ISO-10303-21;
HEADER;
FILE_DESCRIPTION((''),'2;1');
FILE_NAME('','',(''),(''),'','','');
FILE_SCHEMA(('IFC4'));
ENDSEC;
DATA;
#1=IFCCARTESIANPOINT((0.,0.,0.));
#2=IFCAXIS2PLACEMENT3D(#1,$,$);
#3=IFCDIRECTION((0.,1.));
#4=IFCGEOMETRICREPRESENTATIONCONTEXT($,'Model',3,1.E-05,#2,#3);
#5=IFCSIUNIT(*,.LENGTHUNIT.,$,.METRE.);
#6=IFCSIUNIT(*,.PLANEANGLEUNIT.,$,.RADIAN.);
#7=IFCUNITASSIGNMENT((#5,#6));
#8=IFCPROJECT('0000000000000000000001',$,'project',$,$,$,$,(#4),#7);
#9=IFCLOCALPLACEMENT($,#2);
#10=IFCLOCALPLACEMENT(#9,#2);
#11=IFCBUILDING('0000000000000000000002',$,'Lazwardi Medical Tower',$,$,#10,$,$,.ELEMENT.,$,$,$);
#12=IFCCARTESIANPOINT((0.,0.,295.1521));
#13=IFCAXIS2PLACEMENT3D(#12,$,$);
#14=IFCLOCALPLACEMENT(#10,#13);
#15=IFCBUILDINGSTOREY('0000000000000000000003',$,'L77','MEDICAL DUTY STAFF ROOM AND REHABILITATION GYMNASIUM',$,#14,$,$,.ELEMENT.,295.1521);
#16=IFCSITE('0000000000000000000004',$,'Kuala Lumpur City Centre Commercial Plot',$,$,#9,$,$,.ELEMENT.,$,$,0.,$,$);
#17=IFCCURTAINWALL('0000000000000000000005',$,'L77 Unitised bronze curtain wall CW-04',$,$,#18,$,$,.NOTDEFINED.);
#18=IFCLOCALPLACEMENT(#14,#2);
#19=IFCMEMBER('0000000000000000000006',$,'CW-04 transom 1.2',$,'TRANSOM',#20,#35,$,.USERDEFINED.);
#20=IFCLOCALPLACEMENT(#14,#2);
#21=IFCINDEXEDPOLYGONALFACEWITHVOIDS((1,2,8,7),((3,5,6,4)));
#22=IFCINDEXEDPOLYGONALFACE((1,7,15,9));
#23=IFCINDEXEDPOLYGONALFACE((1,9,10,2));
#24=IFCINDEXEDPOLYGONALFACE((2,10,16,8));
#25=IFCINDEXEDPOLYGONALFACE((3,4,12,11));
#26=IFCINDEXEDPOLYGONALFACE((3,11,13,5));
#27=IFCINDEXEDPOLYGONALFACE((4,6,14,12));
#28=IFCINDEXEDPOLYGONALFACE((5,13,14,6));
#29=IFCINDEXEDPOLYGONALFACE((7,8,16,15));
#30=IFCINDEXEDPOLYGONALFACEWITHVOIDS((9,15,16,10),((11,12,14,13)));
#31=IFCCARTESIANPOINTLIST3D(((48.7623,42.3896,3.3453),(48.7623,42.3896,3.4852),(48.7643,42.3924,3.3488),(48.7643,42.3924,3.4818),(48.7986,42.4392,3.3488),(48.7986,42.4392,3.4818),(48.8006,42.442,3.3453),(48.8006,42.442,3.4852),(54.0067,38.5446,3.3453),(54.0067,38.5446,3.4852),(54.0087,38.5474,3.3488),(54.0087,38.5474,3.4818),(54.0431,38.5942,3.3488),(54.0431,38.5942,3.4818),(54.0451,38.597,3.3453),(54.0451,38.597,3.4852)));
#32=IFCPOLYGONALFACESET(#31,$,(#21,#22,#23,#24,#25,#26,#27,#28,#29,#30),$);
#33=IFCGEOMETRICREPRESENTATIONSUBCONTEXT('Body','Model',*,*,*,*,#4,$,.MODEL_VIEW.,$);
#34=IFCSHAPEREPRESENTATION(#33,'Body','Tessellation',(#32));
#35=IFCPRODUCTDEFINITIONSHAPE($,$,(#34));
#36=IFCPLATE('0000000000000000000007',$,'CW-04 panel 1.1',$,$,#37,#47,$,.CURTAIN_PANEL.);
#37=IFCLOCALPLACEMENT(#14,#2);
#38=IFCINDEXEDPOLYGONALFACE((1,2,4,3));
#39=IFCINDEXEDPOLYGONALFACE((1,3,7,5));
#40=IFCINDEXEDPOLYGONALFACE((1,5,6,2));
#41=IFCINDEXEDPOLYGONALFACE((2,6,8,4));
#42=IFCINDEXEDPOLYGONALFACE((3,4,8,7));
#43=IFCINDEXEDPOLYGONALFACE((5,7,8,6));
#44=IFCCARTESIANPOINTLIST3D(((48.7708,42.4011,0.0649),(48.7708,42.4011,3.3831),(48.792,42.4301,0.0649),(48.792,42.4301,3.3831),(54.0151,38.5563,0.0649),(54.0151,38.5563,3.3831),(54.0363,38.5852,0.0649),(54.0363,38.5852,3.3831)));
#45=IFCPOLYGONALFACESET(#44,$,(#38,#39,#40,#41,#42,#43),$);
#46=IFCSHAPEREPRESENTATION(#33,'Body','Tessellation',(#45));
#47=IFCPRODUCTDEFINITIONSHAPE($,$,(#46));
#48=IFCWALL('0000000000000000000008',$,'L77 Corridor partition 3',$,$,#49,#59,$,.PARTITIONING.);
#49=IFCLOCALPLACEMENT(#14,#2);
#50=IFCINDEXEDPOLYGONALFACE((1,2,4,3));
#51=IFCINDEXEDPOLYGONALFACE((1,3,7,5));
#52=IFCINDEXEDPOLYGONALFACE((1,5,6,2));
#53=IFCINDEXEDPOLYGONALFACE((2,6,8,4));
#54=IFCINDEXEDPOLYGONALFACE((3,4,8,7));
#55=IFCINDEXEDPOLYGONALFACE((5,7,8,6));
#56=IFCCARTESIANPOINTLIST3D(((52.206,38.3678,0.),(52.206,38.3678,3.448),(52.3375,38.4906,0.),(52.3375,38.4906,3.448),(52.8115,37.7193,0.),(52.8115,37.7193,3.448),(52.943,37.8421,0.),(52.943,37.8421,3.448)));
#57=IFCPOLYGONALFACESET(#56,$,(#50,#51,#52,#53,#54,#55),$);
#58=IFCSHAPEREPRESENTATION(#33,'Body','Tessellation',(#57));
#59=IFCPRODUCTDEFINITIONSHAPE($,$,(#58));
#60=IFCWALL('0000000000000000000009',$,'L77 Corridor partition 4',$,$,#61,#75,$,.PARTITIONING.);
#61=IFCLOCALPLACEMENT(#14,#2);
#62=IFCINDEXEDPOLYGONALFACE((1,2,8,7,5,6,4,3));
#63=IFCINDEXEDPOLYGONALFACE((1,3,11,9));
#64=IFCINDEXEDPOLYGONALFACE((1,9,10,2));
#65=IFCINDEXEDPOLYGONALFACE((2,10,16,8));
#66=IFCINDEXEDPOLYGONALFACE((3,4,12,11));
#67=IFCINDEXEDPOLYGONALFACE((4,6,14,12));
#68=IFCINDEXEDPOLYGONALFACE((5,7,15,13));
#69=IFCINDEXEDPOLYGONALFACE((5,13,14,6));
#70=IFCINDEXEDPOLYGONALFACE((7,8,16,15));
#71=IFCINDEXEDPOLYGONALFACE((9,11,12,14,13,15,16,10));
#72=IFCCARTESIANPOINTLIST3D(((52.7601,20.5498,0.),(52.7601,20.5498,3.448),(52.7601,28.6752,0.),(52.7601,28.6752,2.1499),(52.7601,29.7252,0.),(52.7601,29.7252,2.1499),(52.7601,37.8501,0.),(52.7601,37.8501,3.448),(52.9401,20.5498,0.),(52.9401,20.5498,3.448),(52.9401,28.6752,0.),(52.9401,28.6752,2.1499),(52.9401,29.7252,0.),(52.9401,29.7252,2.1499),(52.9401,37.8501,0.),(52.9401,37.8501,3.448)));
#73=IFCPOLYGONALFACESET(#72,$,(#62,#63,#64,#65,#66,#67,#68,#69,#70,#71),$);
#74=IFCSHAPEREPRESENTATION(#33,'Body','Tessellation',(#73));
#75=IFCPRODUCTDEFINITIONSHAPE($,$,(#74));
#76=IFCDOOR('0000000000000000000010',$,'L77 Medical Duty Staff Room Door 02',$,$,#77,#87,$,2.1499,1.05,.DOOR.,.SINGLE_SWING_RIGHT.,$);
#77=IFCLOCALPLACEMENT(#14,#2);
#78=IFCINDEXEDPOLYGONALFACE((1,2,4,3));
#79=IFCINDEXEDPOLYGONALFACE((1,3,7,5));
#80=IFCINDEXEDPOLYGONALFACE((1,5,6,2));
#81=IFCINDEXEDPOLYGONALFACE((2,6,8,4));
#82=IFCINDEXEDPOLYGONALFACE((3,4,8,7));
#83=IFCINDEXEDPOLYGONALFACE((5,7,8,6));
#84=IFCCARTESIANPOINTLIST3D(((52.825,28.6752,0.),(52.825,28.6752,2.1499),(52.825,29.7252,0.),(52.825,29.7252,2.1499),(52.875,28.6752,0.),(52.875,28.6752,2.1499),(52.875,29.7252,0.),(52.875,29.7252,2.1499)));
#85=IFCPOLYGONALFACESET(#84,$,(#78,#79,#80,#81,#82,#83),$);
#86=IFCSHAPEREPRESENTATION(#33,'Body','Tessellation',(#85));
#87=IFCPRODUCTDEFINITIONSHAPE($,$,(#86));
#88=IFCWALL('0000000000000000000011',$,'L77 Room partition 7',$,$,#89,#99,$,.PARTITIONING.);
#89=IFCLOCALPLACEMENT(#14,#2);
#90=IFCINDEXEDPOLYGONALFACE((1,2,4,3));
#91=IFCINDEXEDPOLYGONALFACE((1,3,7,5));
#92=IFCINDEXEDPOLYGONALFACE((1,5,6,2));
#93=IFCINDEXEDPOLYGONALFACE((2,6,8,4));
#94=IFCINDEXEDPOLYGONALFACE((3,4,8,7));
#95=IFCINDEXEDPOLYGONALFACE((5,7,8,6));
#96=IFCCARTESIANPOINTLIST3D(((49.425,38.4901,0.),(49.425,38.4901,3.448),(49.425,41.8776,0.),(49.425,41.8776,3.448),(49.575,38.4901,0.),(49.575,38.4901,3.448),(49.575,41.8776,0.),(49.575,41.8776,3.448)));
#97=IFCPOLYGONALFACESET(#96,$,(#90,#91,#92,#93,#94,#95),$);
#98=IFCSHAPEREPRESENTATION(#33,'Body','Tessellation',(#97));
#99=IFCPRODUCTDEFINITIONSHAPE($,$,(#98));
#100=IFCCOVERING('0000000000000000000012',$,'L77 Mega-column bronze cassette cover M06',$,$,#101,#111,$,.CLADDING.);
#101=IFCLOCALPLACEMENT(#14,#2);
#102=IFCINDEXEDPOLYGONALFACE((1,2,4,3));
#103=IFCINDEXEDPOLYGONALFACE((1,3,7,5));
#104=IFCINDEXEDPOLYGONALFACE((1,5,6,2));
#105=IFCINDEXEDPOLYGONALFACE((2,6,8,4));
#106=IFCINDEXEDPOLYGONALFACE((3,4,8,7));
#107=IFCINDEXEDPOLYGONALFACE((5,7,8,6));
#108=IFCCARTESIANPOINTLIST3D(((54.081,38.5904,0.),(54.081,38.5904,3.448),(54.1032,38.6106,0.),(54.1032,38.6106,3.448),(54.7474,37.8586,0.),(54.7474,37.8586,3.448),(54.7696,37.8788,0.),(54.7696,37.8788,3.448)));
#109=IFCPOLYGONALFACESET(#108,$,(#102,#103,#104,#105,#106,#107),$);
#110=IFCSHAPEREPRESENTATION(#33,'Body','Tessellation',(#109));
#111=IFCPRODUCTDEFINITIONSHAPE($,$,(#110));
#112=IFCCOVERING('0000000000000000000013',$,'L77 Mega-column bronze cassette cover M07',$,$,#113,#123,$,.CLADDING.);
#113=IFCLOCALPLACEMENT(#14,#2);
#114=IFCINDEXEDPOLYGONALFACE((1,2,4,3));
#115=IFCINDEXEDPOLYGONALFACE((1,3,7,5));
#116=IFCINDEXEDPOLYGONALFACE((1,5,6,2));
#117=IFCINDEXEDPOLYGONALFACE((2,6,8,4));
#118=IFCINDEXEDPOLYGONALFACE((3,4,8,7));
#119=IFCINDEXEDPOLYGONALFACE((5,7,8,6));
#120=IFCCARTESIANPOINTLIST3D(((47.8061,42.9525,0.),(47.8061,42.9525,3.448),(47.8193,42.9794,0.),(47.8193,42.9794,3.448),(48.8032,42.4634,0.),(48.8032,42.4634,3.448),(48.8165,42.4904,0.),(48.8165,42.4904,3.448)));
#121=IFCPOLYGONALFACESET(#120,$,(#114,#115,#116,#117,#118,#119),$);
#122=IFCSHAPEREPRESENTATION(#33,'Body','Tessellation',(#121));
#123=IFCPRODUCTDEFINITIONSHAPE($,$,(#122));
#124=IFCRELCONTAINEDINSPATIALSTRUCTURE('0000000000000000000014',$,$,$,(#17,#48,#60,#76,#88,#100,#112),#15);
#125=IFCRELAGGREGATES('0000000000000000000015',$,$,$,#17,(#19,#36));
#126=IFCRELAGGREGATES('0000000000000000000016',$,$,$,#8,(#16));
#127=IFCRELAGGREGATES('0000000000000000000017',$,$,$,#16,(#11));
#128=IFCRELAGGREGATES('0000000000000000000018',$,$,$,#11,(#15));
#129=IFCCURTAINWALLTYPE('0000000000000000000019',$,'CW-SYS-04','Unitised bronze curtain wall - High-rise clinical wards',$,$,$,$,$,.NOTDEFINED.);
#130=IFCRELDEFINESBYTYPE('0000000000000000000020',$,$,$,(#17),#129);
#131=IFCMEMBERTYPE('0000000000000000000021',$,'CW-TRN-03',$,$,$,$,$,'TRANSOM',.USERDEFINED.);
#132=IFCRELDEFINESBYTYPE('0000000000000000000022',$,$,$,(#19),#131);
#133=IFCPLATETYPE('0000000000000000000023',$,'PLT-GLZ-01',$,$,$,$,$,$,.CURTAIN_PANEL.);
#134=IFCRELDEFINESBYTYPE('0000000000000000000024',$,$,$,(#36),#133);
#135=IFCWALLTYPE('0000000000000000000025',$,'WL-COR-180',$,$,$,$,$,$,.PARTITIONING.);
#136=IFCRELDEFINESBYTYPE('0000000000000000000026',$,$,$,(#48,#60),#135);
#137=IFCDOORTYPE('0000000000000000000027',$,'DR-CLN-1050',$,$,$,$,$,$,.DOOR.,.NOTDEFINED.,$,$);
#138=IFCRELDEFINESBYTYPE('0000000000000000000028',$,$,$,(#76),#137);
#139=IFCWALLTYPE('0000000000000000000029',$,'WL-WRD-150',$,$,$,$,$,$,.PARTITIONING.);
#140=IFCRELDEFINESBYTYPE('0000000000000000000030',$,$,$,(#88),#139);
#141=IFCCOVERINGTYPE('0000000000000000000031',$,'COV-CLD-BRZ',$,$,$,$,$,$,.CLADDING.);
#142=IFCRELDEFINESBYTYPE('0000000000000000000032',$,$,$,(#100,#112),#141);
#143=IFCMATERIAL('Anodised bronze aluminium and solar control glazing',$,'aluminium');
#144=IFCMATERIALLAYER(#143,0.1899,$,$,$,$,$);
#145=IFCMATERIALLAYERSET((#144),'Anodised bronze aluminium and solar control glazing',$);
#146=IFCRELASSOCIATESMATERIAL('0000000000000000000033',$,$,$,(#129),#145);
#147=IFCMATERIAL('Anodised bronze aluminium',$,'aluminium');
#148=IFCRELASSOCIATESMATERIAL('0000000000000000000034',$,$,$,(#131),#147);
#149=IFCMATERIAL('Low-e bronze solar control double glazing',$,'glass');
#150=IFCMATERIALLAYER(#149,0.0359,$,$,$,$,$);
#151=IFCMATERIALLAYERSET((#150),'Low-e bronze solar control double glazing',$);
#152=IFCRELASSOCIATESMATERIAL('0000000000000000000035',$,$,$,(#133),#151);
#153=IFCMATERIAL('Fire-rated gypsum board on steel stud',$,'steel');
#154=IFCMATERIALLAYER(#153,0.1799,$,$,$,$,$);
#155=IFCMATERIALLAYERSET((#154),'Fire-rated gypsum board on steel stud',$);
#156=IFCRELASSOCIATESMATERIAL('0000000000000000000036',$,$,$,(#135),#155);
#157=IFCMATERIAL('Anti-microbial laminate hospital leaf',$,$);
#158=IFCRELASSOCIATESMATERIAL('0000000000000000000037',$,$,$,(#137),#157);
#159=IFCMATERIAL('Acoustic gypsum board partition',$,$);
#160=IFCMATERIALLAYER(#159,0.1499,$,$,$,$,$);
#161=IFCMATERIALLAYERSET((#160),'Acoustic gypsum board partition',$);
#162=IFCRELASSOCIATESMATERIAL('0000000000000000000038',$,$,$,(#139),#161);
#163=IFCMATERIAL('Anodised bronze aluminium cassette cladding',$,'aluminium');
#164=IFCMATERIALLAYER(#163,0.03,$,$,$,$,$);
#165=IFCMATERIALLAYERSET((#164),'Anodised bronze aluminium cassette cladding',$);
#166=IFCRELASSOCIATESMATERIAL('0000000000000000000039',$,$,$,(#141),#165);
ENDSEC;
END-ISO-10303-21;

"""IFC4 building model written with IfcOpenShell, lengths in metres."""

from ifc_helpers import new_model, si_unit, direction, frame, frame_2d, origin, origin_2d, place, context, subcontext, project, spatial, rectangle, hollow_rectangle, extrude, material, layer, layer_set, material_profile, profile_set, type_object, element, fill, aggregate, save


model = new_model("IFC4")

# Units and contexts
model_context = context("Model", 3, precision=1e-05, world=origin(), true_north=direction((0.0, 1.0)))
body_context = subcontext(model_context, "Body", "Model", "MODEL_VIEW")
ifc_project = project(units=[si_unit("LENGTHUNIT", "METRE"), si_unit("PLANEANGLEUNIT", "RADIAN")], contexts=[model_context])

# Site, building, storey
site_placement = place(None, origin())
site = spatial("IfcSite", under=ifc_project, at=site_placement, Name="Kuala Lumpur City Centre Commercial Plot", CompositionType="ELEMENT", RefElevation=0.0)
building_placement = place(site_placement, origin())
building = spatial("IfcBuilding", under=site, at=building_placement, Name="Lazwardi Medical Tower", CompositionType="ELEMENT")
storey_placement = place(building_placement, frame((0.0, 0.0, 295.1521)))
storey = spatial("IfcBuildingStorey", under=building, at=storey_placement, Name="L77", Description="MEDICAL DUTY STAFF ROOM AND REHABILITATION GYMNASIUM", CompositionType="ELEMENT", Elevation=295.1521)

# Shared definitions
ifc_material_1 = material(Name="Anodised bronze aluminium and solar control glazing", Category="aluminium")
ifc_layer_1 = layer(ifc_material_1, 0.1899)
ifc_layer_set_1 = layer_set([ifc_layer_1], Name="Anodised bronze aluminium and solar control glazing")
curtain_wall_type = type_object("IfcCurtainWallType", Name="CW-SYS-04", Description="Unitised bronze curtain wall - High-rise clinical wards", PredefinedType="NOTDEFINED", material=ifc_layer_set_1)
ifc_material_2 = material(Name="Anodised bronze aluminium", Category="aluminium")

# Curtain wall
curtain_wall_1_placement = place(storey_placement, origin())
curtain_wall_1 = element("IfcCurtainWall", 1, at=curtain_wall_1_placement, inside=storey, type_object=curtain_wall_type, Name="L77 Unitised bronze curtain wall CW-04", PredefinedType="NOTDEFINED")

# Member
ifc_material_profile_1 = material_profile(ifc_material_2, hollow_rectangle(XDim=0.0649, YDim=0.1399, WallThickness=0.0034, at=origin_2d()), Name="ALU-TRANSOM 140x65x3.5")
ifc_profile_set_1 = profile_set([ifc_material_profile_1], Name="Anodised bronze aluminium")
member_type_1 = type_object("IfcMemberType", Name="CW-TRN-03", ElementType="TRANSOM", PredefinedType="USERDEFINED", material=ifc_profile_set_1)
member_1_placement = place(storey_placement, frame((54.0259, 38.5708, 3.4153), z_axis=(-0.806472, 0.591273, 0.0), x_axis=(-0.591273, -0.806472, 0.0)))
member_1 = element("IfcMember", 2, at=member_1_placement, type_object=member_type_1, Name="CW-04 transom 1.2", ObjectType="TRANSOM", PredefinedType="USERDEFINED", context=body_context, shape_type="SweptSolid", body=[
    extrude(hollow_rectangle(XDim=0.0649, YDim=0.1399, WallThickness=0.0034, at=origin_2d()), origin(), (0.0, 0.0, 1.0), 6.5029),
])

# Plate
ifc_material_3 = material(Name="Low-e bronze solar control double glazing", Category="glass")
ifc_layer_2 = layer(ifc_material_3, 0.0359)
ifc_layer_set_2 = layer_set([ifc_layer_2], Name="Low-e bronze solar control double glazing")
plate_type = type_object("IfcPlateType", Name="PLT-GLZ-01", PredefinedType="CURTAIN_PANEL", material=ifc_layer_set_2)
plate_placement = place(storey_placement, frame((51.4036, 40.4932, 0.0649), z_axis=(0.0, 0.0, 1.0), x_axis=(-0.806475, 0.591268, 0.0)))
plate = element("IfcPlate", 3, at=plate_placement, type_object=plate_type, Name="CW-04 panel 1.1", PredefinedType="CURTAIN_PANEL", context=body_context, shape_type="SweptSolid", body=[
    extrude(rectangle(XDim=6.5027, YDim=0.0359, at=origin_2d()), origin(), (0.0, 0.0, 1.0), 3.3181),
])
aggregate(curtain_wall_1, [member_1, plate])

# Wall
ifc_material_4 = material(Name="Fire-rated gypsum board on steel stud", Category="steel")
ifc_layer_3 = layer(ifc_material_4, 0.1799)
ifc_layer_set_3 = layer_set([ifc_layer_3], Name="Fire-rated gypsum board on steel stud")
wall_type_1 = type_object("IfcWallType", Name="WL-COR-180", PredefinedType="PARTITIONING", material=ifc_layer_set_3)
wall_1_placement = place(storey_placement, frame((52.2717, 38.4292, 0.0), z_axis=(0.0, 0.0, 1.0), x_axis=(0.682475, -0.730909, 0.0)))
element("IfcWall", 4, at=wall_1_placement, inside=storey, type_object=wall_type_1, Name="L77 Corridor partition 3", PredefinedType="PARTITIONING", context=body_context, shape_type="SweptSolid", body=[
    extrude(rectangle(XDim=0.8872, YDim=0.1799, at=frame_2d((0.4436, 0.0))), origin(), (0.0, 0.0, 1.0), 3.448),
])

# Wall, opening, door
wall_2_placement = place(storey_placement, frame((52.8501, 37.8501, 0.0), z_axis=(0.0, 0.0, 1.0), x_axis=(0.0, -1.0, 0.0)))
wall_2 = element("IfcWall", 5, at=wall_2_placement, inside=storey, type_object=wall_type_1, Name="L77 Corridor partition 4", PredefinedType="PARTITIONING", context=body_context, shape_type="SweptSolid", body=[
    extrude(rectangle(XDim=17.3003, YDim=0.1799, at=frame_2d((8.6501, 0.0))), origin(), (0.0, 0.0, 1.0), 3.448),
])
opening_placement = place(wall_2_placement, frame((8.125, 0.0, 0.0)))
opening = element("IfcOpeningElement", 6, at=opening_placement, cuts=wall_2, PredefinedType="OPENING", context=body_context, shape_type="SweptSolid", body=[
    extrude(rectangle(XDim=1.05, YDim=2.1499, at=frame_2d((0.5249, 1.075))), frame((0.0, 0.0999, 0.0), z_axis=(0.0, -1.0, 0.0), x_axis=(1.0, 0.0, 0.0)), (0.0, 0.0, 1.0), 0.2),
])
ifc_material_5 = material(Name="Anti-microbial laminate hospital leaf")
door_type = type_object("IfcDoorType", Name="DR-CLN-1050", OperationType="NOTDEFINED", PredefinedType="DOOR", material=ifc_material_5)
door_placement = place(opening_placement, origin())
door = element("IfcDoor", 7, at=door_placement, inside=storey, type_object=door_type, Name="L77 Medical Duty Staff Room Door 02", OperationType="SINGLE_SWING_RIGHT", OverallHeight=2.1499, OverallWidth=1.05, PredefinedType="DOOR", context=body_context, shape_type="SweptSolid", body=[
    extrude(rectangle(XDim=1.05, YDim=2.1499, at=frame_2d((0.5249, 1.075))), frame((0.0, 0.0249, 0.0), z_axis=(0.0, -1.0, 0.0), x_axis=(1.0, 0.0, 0.0)), (0.0, 0.0, 1.0), 0.05),
])
fill(opening, door)

# Wall
ifc_material_6 = material(Name="Acoustic gypsum board partition")
ifc_layer_4 = layer(ifc_material_6, 0.1499)
ifc_layer_set_4 = layer_set([ifc_layer_4], Name="Acoustic gypsum board partition")
wall_type_2 = type_object("IfcWallType", Name="WL-WRD-150", PredefinedType="PARTITIONING", material=ifc_layer_set_4)
wall_3_placement = place(storey_placement, frame((49.5, 38.49, 0.0), z_axis=(0.0, 0.0, 1.0), x_axis=(0.0, 1.0, 0.0)))
element("IfcWall", 8, at=wall_3_placement, inside=storey, type_object=wall_type_2, Name="L77 Room partition 7", PredefinedType="PARTITIONING", context=body_context, shape_type="SweptSolid", body=[
    extrude(rectangle(XDim=3.3875, YDim=0.1499, at=frame_2d((1.6938, 0.0))), origin(), (0.0, 0.0, 1.0), 3.448),
])

# Coverings
ifc_material_7 = material(Name="Anodised bronze aluminium cassette cladding", Category="aluminium")
ifc_layer_5 = layer(ifc_material_7, 0.03)
ifc_layer_set_5 = layer_set([ifc_layer_5], Name="Anodised bronze aluminium cassette cladding")
covering_type = type_object("IfcCoveringType", Name="COV-CLD-BRZ", PredefinedType="CLADDING", material=ifc_layer_set_5)
covering_1_placement = place(storey_placement, frame((54.4253, 38.2346, 0.0), z_axis=(0.0, 0.0, 1.0), x_axis=(-0.673241, 0.739423, 0.0)))
element("IfcCovering", 9, at=covering_1_placement, inside=storey, type_object=covering_type, Name="L77 Mega-column bronze cassette cover M06", PredefinedType="CLADDING", context=body_context, shape_type="SweptSolid", body=[
    extrude(rectangle(XDim=0.9897, YDim=0.03, at=origin_2d()), origin(), (0.0, 0.0, 1.0), 3.448),
])
covering_2_placement = place(storey_placement, frame((48.3113, 42.7214, 0.0), z_axis=(0.0, 0.0, 1.0), x_axis=(-0.89784, 0.440322, 0.0)))
element("IfcCovering", 10, at=covering_2_placement, inside=storey, type_object=covering_type, Name="L77 Mega-column bronze cassette cover M07", PredefinedType="CLADDING", context=body_context, shape_type="SweptSolid", body=[
    extrude(rectangle(XDim=1.1106, YDim=0.03, at=origin_2d()), origin(), (0.0, 0.0, 1.0), 3.448),
])

save(model, "model.ifc")
